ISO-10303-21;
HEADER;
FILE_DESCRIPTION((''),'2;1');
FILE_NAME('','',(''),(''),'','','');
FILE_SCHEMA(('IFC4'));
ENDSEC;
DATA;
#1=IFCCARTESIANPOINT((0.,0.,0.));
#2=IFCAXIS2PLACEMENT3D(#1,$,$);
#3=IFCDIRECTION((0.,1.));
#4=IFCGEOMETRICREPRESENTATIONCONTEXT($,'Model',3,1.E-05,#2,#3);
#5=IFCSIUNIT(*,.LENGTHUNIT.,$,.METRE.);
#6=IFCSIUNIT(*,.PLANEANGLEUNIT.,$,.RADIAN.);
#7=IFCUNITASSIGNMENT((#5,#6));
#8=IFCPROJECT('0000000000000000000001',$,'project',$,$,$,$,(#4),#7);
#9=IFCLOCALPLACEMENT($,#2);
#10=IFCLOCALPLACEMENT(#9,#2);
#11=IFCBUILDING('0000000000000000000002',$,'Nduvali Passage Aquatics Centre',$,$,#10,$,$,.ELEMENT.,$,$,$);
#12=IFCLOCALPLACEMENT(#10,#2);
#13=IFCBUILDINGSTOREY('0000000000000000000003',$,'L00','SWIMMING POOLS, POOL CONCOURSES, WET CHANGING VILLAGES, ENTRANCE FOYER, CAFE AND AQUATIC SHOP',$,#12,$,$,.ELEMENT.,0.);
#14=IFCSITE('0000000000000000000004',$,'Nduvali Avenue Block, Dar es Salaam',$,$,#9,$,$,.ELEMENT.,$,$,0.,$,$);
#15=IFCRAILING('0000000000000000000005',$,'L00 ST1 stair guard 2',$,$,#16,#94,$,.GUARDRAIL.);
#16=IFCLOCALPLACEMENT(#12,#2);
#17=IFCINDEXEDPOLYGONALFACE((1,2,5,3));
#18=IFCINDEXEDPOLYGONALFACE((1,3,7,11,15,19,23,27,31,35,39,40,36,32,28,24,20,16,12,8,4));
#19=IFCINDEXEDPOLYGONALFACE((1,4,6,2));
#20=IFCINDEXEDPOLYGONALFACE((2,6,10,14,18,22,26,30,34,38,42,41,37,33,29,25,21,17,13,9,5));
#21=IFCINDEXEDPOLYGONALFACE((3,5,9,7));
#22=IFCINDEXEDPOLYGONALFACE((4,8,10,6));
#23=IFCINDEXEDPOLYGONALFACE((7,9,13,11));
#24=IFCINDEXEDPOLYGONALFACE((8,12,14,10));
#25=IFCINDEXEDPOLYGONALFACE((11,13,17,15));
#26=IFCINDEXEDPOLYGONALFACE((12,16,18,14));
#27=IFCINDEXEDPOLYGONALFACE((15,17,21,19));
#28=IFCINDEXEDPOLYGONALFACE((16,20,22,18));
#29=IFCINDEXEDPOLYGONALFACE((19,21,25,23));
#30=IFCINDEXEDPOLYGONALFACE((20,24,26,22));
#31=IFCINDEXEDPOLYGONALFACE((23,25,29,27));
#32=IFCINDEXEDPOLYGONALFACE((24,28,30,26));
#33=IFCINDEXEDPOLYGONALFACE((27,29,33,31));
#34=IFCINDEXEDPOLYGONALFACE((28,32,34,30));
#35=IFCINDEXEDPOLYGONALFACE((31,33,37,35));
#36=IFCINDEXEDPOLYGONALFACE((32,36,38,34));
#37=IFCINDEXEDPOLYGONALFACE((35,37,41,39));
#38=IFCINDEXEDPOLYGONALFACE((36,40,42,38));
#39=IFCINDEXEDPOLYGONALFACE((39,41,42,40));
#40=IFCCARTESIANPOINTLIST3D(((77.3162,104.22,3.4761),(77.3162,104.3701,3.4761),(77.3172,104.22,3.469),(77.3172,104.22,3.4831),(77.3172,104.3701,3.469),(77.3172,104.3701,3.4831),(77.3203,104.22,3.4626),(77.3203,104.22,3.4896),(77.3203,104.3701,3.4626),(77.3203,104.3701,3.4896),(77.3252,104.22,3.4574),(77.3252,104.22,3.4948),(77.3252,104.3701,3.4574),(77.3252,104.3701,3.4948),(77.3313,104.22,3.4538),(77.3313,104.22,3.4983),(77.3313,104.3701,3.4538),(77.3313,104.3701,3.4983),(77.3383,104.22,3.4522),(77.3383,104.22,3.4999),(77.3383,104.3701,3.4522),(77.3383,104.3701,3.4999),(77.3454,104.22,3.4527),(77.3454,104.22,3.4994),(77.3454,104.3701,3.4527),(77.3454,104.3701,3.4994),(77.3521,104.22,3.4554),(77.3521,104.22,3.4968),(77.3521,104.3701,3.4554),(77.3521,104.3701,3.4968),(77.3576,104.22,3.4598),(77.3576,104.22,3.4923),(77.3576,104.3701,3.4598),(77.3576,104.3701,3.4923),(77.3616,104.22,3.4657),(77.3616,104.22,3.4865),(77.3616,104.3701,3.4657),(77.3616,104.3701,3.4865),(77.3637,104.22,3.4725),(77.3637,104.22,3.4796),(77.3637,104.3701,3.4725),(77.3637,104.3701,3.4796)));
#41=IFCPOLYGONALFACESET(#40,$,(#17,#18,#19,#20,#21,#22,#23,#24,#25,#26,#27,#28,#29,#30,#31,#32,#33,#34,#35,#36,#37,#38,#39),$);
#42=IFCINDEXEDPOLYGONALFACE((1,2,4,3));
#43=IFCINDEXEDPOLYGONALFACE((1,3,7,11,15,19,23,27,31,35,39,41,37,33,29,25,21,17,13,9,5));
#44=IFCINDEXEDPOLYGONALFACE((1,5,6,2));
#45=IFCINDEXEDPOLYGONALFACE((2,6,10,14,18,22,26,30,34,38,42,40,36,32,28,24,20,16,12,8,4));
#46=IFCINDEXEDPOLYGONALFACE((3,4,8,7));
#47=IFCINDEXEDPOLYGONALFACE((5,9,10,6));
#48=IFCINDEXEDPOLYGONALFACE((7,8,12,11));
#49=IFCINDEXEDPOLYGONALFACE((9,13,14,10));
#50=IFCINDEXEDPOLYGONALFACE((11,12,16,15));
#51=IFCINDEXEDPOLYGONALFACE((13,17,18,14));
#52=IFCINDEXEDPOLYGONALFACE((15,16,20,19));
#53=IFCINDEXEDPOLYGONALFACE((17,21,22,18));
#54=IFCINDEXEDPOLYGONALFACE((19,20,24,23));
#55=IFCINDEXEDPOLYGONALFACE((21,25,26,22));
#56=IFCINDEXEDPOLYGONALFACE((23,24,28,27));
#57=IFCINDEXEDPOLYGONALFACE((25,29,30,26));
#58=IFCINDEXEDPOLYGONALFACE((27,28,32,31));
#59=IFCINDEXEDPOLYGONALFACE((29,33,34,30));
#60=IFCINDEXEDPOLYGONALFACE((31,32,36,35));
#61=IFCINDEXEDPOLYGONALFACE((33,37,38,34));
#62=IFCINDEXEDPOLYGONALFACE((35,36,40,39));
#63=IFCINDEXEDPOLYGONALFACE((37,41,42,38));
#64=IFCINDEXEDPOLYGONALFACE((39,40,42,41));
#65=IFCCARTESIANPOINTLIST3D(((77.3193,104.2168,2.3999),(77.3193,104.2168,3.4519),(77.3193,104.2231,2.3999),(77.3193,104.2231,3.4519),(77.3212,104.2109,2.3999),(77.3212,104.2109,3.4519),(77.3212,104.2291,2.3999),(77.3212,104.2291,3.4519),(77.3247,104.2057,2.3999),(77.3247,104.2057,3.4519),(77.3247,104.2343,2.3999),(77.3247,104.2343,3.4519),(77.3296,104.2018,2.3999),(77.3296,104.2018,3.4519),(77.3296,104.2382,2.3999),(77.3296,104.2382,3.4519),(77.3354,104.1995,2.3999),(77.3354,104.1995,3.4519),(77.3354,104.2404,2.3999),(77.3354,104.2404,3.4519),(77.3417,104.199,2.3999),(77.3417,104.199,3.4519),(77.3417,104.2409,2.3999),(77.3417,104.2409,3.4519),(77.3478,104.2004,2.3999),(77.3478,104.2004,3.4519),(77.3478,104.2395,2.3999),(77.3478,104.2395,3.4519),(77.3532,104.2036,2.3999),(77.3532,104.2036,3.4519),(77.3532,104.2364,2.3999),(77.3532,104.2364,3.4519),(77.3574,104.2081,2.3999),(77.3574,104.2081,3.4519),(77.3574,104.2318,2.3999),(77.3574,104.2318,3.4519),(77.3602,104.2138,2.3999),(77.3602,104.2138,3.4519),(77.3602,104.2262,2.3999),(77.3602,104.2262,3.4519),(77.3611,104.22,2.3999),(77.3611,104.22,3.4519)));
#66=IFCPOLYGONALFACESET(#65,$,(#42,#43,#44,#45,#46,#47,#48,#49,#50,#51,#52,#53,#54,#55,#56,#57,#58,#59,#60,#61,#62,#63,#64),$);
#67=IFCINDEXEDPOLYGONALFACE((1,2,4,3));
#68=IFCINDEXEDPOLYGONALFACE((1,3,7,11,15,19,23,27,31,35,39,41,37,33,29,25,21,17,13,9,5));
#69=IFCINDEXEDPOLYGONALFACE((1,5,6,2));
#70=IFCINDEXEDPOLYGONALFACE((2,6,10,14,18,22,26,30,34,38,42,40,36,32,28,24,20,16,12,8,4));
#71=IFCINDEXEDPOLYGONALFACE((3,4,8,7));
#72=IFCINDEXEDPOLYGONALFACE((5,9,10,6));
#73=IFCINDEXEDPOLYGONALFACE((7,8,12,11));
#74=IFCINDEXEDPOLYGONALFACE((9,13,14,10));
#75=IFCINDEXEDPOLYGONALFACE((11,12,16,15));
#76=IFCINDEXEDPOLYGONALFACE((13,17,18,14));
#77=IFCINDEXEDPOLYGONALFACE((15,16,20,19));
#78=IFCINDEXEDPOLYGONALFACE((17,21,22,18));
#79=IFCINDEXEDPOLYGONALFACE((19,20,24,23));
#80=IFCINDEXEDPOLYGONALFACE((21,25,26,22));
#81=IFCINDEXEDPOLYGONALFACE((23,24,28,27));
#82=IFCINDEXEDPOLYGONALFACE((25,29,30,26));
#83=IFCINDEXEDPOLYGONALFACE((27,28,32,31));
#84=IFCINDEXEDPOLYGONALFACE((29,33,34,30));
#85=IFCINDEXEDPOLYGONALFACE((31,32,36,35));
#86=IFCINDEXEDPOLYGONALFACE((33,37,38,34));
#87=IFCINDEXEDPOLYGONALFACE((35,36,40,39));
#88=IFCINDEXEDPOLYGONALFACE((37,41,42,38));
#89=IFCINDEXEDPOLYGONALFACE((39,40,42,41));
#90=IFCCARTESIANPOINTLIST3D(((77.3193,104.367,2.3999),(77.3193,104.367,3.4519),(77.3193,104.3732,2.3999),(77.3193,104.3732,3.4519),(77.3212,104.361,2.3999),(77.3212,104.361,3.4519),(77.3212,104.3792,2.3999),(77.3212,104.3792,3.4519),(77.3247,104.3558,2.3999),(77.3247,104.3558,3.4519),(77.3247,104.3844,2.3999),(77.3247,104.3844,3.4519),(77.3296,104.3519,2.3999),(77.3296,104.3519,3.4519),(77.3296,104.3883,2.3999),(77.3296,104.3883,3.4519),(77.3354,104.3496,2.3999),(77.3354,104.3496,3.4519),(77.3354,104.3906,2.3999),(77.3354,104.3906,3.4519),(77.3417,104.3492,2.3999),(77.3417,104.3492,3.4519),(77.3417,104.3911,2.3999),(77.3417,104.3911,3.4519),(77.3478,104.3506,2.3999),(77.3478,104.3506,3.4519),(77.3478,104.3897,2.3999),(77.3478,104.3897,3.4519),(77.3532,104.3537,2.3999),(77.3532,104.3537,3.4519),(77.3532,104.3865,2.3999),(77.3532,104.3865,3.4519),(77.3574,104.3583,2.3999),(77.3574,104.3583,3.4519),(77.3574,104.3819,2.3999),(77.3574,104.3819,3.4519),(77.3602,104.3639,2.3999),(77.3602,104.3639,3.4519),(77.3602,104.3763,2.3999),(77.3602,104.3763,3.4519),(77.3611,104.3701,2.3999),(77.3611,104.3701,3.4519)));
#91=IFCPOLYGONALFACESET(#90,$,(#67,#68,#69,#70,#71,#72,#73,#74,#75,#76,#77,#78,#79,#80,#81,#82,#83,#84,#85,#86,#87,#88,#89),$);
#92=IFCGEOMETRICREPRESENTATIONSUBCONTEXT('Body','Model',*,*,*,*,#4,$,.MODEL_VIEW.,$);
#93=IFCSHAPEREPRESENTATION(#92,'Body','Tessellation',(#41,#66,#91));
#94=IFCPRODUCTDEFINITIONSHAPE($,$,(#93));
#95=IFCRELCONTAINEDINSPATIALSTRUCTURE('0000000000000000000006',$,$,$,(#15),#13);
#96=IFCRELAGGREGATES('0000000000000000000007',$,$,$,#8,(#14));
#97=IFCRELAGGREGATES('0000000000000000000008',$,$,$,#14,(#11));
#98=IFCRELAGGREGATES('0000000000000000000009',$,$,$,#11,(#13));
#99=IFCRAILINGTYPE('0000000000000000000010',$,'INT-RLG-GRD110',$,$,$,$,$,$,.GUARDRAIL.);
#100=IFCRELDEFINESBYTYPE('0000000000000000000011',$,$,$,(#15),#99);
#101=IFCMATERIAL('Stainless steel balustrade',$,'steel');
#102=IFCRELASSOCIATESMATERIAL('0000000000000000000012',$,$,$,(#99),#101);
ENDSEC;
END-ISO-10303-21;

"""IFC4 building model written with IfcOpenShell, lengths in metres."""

from ifc_helpers import new_model, si_unit, direction, frame, origin, origin_2d, place, context, subcontext, project, spatial, circle, extrude, material, type_object, element, save


model = new_model("IFC4")

# Units and contexts
model_context = context("Model", 3, precision=1e-05, world=origin(), true_north=direction((0.0, 1.0)))
body_context = subcontext(model_context, "Body", "Model", "MODEL_VIEW")
ifc_project = project(units=[si_unit("LENGTHUNIT", "METRE"), si_unit("PLANEANGLEUNIT", "RADIAN")], contexts=[model_context])

# Site, building, storey
site_placement = place(None, origin())
site = spatial("IfcSite", under=ifc_project, at=site_placement, Name="Nduvali Avenue Block, Dar es Salaam", CompositionType="ELEMENT", RefElevation=0.0)
building_placement = place(site_placement, origin())
building = spatial("IfcBuilding", under=site, at=building_placement, Name="Nduvali Passage Aquatics Centre", CompositionType="ELEMENT")
storey_placement = place(building_placement, origin())
storey = spatial("IfcBuildingStorey", under=building, at=storey_placement, Name="L00", Description="SWIMMING POOLS, POOL CONCOURSES, WET CHANGING VILLAGES, ENTRANCE FOYER, CAFE AND AQUATIC SHOP", CompositionType="ELEMENT", Elevation=0.0)

# Railing
ifc_material_1 = material(Name="Stainless steel balustrade", Category="steel")
railing_type_1 = type_object("IfcRailingType", Name="INT-RLG-GRD110", PredefinedType="GUARDRAIL", material=ifc_material_1)
railing_1_placement = place(storey_placement, frame((77.3401, 104.22, 2.3999)))
element("IfcRailing", 1, at=railing_1_placement, inside=storey, type_object=railing_type_1, Name="L00 ST1 stair guard 2", PredefinedType="GUARDRAIL", context=body_context, shape_type="SweptSolid", body=[
    extrude(circle(Radius=0.0239, at=origin_2d()), frame((0.0, 0.0, 1.0762), z_axis=(0.0, 1.0, 0.0), x_axis=(-1.0, 0.0, 0.0)), (0.0, 0.0, 1.0), 0.1501),
    extrude(circle(Radius=0.021, at=origin_2d()), origin(), (0.0, 0.0, 1.0), 1.052),
    extrude(circle(Radius=0.021, at=origin_2d()), frame((0.0, 0.1501, 0.0)), (0.0, 0.0, 1.0), 1.052),
])

save(model, "model.ifc")
